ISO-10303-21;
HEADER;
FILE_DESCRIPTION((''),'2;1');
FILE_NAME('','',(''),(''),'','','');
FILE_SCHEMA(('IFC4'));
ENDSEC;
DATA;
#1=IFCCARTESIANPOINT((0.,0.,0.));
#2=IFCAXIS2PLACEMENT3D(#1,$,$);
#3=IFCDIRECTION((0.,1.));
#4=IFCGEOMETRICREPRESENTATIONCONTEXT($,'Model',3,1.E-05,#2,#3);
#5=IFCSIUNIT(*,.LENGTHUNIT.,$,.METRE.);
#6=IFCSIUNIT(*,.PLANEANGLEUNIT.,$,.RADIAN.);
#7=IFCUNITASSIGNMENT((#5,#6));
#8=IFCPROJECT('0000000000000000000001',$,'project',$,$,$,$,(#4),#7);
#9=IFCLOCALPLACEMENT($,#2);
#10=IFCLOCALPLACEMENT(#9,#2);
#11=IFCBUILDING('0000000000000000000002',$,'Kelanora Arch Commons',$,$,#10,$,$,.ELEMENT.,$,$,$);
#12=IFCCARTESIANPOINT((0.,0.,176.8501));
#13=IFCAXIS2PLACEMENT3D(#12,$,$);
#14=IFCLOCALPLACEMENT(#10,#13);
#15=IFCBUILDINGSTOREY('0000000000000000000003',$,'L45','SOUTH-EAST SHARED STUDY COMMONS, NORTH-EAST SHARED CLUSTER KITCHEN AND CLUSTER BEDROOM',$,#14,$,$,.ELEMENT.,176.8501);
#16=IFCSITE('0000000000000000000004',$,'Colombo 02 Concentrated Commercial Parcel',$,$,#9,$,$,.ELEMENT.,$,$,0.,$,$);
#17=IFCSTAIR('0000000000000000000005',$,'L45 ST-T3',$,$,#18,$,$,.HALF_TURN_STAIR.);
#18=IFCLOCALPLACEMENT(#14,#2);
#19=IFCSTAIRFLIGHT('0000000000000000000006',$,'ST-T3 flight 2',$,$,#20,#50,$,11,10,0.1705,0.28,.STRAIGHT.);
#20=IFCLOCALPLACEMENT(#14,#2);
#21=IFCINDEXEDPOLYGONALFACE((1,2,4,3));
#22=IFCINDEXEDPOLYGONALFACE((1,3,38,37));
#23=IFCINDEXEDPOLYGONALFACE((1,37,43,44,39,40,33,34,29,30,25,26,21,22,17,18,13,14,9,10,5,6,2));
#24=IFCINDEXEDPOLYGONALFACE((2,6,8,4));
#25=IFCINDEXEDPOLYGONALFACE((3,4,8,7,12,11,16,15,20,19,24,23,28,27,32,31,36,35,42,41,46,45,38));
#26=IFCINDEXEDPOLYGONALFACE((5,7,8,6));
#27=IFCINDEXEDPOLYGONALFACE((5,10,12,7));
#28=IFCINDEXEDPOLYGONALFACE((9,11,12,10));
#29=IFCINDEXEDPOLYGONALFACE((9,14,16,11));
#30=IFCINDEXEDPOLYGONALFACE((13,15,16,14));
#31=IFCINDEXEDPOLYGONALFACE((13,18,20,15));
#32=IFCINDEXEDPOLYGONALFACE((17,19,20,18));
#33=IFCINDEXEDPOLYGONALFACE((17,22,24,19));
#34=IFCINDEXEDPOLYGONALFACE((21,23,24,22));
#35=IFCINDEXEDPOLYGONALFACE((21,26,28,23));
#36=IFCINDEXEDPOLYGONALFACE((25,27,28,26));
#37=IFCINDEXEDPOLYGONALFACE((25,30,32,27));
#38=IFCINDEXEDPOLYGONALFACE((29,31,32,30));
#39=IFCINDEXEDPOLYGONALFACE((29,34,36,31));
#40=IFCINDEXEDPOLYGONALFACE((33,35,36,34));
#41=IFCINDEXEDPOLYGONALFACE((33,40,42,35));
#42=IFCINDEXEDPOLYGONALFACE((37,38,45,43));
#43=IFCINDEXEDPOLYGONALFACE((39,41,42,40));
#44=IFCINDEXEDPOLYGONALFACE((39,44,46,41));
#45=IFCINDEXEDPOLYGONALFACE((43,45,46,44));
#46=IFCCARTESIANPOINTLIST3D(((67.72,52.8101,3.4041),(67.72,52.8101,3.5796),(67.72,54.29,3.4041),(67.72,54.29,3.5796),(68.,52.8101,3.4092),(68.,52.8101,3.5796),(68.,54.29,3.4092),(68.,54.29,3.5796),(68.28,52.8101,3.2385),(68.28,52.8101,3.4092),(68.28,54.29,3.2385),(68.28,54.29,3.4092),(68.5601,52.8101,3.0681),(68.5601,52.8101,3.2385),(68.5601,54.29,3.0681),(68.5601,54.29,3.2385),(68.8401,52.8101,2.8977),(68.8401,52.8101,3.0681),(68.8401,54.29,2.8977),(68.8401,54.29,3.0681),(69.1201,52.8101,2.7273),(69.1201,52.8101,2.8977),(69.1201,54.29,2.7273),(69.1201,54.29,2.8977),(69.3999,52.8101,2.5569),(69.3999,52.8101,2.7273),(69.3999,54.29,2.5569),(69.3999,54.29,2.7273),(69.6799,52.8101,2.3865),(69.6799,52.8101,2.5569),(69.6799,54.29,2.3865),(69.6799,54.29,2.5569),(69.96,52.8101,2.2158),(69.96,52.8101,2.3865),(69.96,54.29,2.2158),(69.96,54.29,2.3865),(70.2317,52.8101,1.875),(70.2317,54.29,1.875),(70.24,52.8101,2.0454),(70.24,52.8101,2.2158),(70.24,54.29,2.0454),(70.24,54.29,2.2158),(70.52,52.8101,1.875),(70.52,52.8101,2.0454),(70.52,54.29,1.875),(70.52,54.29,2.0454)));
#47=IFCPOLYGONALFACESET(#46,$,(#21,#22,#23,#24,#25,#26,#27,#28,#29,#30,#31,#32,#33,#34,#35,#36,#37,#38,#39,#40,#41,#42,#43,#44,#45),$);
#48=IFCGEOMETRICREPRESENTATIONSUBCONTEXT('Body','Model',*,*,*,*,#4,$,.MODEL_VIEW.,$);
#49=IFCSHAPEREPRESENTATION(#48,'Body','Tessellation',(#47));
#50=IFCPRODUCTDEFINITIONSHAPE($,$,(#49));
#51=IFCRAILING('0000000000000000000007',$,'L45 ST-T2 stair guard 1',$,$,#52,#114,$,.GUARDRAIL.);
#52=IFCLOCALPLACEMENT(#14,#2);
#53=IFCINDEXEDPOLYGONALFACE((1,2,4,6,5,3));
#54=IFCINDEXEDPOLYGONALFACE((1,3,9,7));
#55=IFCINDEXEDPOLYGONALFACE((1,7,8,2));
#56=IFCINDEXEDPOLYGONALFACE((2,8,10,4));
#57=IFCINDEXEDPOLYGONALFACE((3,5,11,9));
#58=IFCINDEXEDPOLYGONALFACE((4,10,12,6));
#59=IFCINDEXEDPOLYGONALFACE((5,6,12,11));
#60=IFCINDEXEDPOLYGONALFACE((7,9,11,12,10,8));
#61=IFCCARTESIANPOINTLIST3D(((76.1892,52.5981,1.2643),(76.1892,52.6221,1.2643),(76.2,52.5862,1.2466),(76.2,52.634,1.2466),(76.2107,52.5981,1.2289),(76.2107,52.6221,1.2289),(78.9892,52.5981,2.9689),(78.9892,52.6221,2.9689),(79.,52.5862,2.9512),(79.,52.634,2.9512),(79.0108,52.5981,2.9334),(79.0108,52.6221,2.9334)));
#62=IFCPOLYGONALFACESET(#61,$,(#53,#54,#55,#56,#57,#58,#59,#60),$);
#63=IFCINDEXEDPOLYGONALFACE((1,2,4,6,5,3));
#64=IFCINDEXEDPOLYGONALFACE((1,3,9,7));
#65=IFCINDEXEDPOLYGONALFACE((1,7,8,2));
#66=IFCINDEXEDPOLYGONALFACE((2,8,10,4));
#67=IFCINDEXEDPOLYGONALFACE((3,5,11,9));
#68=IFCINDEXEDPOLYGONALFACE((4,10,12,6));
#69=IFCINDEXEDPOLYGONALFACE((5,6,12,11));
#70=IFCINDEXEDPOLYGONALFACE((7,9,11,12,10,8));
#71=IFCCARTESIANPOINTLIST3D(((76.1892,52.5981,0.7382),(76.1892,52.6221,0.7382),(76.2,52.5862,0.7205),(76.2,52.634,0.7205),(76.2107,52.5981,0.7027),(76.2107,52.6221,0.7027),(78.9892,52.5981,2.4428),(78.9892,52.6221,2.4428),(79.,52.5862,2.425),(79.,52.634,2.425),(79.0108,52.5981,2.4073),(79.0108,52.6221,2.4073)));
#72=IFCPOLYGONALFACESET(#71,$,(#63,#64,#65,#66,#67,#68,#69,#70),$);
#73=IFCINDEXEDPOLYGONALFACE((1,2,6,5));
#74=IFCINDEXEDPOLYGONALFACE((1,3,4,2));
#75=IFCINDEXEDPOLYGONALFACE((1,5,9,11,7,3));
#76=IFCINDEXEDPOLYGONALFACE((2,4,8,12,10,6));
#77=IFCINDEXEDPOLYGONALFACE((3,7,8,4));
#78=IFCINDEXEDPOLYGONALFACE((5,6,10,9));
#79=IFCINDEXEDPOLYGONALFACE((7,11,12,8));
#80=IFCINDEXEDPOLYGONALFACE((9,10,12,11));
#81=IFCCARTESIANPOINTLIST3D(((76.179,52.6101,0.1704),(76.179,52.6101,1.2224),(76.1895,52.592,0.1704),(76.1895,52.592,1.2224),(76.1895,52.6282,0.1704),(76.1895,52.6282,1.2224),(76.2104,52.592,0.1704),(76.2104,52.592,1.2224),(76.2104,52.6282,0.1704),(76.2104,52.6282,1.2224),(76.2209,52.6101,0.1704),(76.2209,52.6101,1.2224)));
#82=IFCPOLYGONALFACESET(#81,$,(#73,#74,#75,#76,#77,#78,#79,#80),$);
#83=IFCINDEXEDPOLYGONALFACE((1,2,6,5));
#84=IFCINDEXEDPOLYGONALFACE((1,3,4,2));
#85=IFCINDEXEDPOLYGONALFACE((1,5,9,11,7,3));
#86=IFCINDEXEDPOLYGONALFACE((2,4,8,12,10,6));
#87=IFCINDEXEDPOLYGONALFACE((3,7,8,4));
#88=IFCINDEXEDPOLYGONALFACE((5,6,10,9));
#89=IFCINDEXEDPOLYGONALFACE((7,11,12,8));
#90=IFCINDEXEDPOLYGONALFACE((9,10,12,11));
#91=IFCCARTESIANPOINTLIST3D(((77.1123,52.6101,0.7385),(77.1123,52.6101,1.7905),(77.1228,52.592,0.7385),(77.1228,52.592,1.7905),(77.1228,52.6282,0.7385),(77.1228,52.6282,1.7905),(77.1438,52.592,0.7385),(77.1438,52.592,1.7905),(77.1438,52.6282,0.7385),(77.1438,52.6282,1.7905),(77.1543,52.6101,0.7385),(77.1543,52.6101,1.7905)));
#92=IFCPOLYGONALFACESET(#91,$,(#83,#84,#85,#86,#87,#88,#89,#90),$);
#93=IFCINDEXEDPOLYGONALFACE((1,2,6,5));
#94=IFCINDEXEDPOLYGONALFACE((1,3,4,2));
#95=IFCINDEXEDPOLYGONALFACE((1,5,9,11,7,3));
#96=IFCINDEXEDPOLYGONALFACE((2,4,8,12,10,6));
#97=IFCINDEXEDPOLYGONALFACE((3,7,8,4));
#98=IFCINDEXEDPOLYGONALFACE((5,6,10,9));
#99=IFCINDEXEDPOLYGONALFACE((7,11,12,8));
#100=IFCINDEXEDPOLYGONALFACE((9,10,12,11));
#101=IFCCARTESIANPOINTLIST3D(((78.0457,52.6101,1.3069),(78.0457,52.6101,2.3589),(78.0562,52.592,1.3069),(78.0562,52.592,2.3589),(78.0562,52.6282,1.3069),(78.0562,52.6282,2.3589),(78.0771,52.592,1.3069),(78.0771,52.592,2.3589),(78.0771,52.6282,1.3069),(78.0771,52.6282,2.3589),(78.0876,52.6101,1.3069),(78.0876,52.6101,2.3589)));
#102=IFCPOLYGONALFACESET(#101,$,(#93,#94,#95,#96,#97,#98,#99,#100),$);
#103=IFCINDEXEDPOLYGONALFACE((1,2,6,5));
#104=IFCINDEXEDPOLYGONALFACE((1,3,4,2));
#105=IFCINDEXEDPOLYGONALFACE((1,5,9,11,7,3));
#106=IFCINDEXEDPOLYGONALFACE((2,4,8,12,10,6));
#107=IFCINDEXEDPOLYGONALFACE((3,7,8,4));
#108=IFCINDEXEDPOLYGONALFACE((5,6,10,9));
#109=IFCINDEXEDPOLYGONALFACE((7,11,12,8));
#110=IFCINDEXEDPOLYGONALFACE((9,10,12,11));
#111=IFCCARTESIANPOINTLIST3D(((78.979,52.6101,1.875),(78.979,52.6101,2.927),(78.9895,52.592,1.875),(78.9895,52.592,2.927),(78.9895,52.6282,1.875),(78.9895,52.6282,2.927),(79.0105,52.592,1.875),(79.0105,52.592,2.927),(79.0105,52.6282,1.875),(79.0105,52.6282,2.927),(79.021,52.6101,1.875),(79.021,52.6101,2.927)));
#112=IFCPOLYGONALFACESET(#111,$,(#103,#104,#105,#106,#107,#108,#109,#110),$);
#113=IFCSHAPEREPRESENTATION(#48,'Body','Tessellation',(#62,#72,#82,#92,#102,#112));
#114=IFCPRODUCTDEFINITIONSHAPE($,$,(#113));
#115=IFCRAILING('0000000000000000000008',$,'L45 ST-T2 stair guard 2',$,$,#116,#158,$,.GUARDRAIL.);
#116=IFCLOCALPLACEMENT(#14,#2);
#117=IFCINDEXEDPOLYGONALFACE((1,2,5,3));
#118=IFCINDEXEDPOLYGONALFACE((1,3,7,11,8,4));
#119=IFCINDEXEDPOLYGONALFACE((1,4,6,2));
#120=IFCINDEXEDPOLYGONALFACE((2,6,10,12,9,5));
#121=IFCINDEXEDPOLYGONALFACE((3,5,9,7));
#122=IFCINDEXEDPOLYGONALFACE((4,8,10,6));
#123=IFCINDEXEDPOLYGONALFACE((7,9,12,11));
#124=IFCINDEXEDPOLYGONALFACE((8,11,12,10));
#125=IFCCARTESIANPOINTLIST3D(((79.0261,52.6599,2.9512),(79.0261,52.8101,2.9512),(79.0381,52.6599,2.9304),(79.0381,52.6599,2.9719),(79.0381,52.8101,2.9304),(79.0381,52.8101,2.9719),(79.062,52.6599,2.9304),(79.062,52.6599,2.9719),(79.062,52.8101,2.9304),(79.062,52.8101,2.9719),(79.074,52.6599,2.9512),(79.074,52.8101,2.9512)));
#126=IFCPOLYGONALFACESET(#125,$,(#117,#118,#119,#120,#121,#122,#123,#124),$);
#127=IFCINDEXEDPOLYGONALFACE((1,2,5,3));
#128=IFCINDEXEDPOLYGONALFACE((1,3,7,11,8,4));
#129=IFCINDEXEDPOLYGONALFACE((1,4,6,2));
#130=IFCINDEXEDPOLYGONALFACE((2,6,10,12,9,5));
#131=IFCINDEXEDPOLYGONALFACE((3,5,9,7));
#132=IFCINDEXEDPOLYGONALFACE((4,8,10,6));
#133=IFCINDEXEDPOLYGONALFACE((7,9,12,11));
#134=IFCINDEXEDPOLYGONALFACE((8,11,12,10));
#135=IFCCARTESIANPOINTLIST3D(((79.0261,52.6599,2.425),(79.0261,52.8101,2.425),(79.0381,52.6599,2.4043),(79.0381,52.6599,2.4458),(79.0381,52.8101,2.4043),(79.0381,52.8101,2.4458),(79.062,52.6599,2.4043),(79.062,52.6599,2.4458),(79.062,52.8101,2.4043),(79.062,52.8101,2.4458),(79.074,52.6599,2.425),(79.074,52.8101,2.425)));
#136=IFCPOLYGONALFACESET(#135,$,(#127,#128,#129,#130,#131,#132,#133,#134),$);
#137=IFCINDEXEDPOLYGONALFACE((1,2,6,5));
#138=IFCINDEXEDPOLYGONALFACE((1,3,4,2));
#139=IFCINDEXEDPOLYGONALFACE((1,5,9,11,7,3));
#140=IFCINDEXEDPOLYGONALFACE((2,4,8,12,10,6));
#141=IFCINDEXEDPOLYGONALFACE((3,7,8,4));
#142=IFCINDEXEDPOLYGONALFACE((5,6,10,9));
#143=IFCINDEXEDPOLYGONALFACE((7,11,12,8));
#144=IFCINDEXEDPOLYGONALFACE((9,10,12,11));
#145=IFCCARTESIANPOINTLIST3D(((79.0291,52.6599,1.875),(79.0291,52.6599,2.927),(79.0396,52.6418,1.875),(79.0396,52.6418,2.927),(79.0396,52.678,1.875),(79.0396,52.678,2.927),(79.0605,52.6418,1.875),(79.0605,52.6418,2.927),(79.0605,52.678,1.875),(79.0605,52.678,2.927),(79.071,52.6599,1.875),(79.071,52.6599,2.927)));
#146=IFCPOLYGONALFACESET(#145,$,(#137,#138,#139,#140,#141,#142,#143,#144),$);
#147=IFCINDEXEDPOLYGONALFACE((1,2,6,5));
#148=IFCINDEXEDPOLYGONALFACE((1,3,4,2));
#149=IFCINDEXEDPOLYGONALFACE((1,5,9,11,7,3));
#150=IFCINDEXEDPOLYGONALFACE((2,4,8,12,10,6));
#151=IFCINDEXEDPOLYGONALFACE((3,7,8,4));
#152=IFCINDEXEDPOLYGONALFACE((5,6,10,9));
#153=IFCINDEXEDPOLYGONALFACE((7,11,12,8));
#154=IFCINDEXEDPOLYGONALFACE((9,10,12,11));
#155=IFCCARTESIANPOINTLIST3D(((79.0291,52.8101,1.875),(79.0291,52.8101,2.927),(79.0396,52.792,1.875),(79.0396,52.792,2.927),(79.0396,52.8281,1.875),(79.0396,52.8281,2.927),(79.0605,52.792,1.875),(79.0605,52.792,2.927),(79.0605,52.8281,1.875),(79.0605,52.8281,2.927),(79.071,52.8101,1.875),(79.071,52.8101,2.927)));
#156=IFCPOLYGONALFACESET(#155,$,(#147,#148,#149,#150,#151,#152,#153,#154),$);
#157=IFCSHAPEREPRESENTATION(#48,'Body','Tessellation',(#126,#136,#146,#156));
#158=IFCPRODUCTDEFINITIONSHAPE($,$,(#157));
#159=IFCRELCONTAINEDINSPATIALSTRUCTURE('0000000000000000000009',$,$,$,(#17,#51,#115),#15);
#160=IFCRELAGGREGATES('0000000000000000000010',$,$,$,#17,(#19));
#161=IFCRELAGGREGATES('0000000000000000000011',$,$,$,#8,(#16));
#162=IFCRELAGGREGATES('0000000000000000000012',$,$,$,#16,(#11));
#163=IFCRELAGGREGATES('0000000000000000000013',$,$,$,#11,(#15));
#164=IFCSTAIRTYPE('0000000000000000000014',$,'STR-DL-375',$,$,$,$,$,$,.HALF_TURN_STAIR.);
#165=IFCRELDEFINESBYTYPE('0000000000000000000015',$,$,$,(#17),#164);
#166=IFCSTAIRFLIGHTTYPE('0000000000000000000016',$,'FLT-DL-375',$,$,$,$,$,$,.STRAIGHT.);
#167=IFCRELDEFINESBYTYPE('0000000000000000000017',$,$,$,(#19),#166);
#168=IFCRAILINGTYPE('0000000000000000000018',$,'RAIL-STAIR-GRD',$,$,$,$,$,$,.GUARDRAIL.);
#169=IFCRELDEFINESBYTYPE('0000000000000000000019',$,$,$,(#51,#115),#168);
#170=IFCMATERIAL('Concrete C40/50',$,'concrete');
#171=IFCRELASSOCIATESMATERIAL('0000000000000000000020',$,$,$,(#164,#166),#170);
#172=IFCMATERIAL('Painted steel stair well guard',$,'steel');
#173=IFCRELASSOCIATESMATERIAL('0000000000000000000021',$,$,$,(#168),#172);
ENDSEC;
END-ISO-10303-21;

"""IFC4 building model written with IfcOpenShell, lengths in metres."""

from ifc_helpers import new_model, si_unit, direction, frame, origin, place, context, subcontext, project, spatial, polyline, outline, extrude, material, type_object, element, aggregate, save


model = new_model("IFC4")

# Units and contexts
model_context = context("Model", 3, precision=1e-05, world=origin(), true_north=direction((0.0, 1.0)))
body_context = subcontext(model_context, "Body", "Model", "MODEL_VIEW")
ifc_project = project(units=[si_unit("LENGTHUNIT", "METRE"), si_unit("PLANEANGLEUNIT", "RADIAN")], contexts=[model_context])

# Site, building, storey
site_placement = place(None, origin())
site = spatial("IfcSite", under=ifc_project, at=site_placement, Name="Colombo 02 Concentrated Commercial Parcel", CompositionType="ELEMENT", RefElevation=0.0)
building_placement = place(site_placement, origin())
building = spatial("IfcBuilding", under=site, at=building_placement, Name="Kelanora Arch Commons", CompositionType="ELEMENT")
storey_placement = place(building_placement, frame((0.0, 0.0, 176.8501)))
storey = spatial("IfcBuildingStorey", under=building, at=storey_placement, Name="L45", Description="SOUTH-EAST SHARED STUDY COMMONS, NORTH-EAST SHARED CLUSTER KITCHEN AND CLUSTER BEDROOM", CompositionType="ELEMENT", Elevation=176.8501)

# Shared definitions
ifc_material_1 = material(Name="Concrete C40/50", Category="concrete")

# Shared definitions
stair_type = type_object("IfcStairType", Name="STR-DL-375", PredefinedType="HALF_TURN_STAIR", material=ifc_material_1)
stair_flight_type = type_object("IfcStairFlightType", Name="FLT-DL-375", PredefinedType="STRAIGHT", material=ifc_material_1)

# Stair, stair flight
stair_1_placement = place(storey_placement, origin())
stair_1 = element("IfcStair", 1, at=stair_1_placement, inside=storey, type_object=stair_type, Name="L45 ST-T3", PredefinedType="HALF_TURN_STAIR")
stair_flight_1_placement = place(storey_placement, frame((70.52, 53.55, 1.875), z_axis=(0.0, 0.0, 1.0), x_axis=(-1.0, 0.0, 0.0)))
stair_flight_1 = element("IfcStairFlight", 2, at=stair_flight_1_placement, type_object=stair_flight_type, Name="ST-T3 flight 2", NumberOfRisers=11, NumberOfTreads=10, PredefinedType="STRAIGHT", RiserHeight=0.1705, TreadLength=0.28, context=body_context, shape_type="SweptSolid", body=[
    extrude(outline(polyline([(0.0, 0.0), (0.0, 0.1704), (0.28, 0.1704), (0.28, 0.3408), (0.5601, 0.3408), (0.5601, 0.5115), (0.8401, 0.5115), (0.8401, 0.6819), (1.1201, 0.6819), (1.1201, 0.8523), (1.3999, 0.8523), (1.3999, 1.0227), (1.6799, 1.0227), (1.6799, 1.1931), (1.96, 1.1931), (1.96, 1.3635), (2.24, 1.3635), (2.24, 1.5342), (2.52, 1.5342), (2.52, 1.7046), (2.8, 1.7046), (2.8, 1.875), (2.8, 1.5291), (0.2883, 0.0), (0.0, 0.0)])), frame((0.0, 0.74, 0.0), z_axis=(0.0, -1.0, 0.0), x_axis=(1.0, 0.0, 0.0)), (0.0, 0.0, 1.0), 1.48),
])
aggregate(stair_1, [stair_flight_1])

# Railings
ifc_material_2 = material(Name="Painted steel stair well guard", Category="steel")
railing_type_1 = type_object("IfcRailingType", Name="RAIL-STAIR-GRD", PredefinedType="GUARDRAIL", material=ifc_material_2)
railing_1_placement = place(storey_placement, frame((76.2, 52.6101, 0.1704)))
element("IfcRailing", 3, at=railing_1_placement, inside=storey, type_object=railing_type_1, Name="L45 ST-T2 stair guard 1", PredefinedType="GUARDRAIL", context=body_context, shape_type="SweptSolid", body=[
    extrude(outline(polyline([(0.0239, 0.0), (0.012, 0.0208), (-0.012, 0.0208), (-0.0239, 0.0), (-0.012, -0.0208), (0.012, -0.0208), (0.0239, 0.0)])), frame((0.0, 0.0, 1.0762), z_axis=(0.85417, 0.0, 0.519994), x_axis=(0.0, 1.0, 0.0)), (0.0, 0.0, 1.0), 3.2781),
    extrude(outline(polyline([(0.0239, 0.0), (0.012, 0.0208), (-0.012, 0.0208), (-0.0239, 0.0), (-0.012, -0.0208), (0.012, -0.0208), (0.0239, 0.0)])), frame((0.0, 0.0, 0.55), z_axis=(0.85417, 0.0, 0.519994), x_axis=(0.0, 1.0, 0.0)), (0.0, 0.0, 1.0), 3.2781),
    extrude(outline(polyline([(0.021, 0.0), (0.0105, 0.0181), (-0.0105, 0.0181), (-0.021, 0.0), (-0.0105, -0.0181), (0.0105, -0.0181), (0.021, 0.0)])), origin(), (0.0, 0.0, 1.0), 1.052),
    extrude(outline(polyline([(0.021, 0.0), (0.0105, 0.0181), (-0.0105, 0.0181), (-0.021, 0.0), (-0.0105, -0.0181), (0.0105, -0.0181), (0.021, 0.0)])), frame((0.9333, 0.0, 0.5681)), (0.0, 0.0, 1.0), 1.052),
    extrude(outline(polyline([(0.021, 0.0), (0.0105, 0.0181), (-0.0105, 0.0181), (-0.021, 0.0), (-0.0105, -0.0181), (0.0105, -0.0181), (0.021, 0.0)])), frame((1.8667, 0.0, 1.1365)), (0.0, 0.0, 1.0), 1.052),
    extrude(outline(polyline([(0.021, 0.0), (0.0105, 0.0181), (-0.0105, 0.0181), (-0.021, 0.0), (-0.0105, -0.0181), (0.0105, -0.0181), (0.021, 0.0)])), frame((2.8, 0.0, 1.7046)), (0.0, 0.0, 1.0), 1.052),
])
railing_2_placement = place(storey_placement, frame((79.05, 52.6599, 1.875)))
element("IfcRailing", 4, at=railing_2_placement, inside=storey, type_object=railing_type_1, Name="L45 ST-T2 stair guard 2", PredefinedType="GUARDRAIL", context=body_context, shape_type="SweptSolid", body=[
    extrude(outline(polyline([(0.0239, 0.0), (0.012, 0.0208), (-0.012, 0.0208), (-0.0239, 0.0), (-0.012, -0.0208), (0.012, -0.0208), (0.0239, 0.0)])), frame((0.0, 0.0, 1.0762), z_axis=(0.0, 1.0, 0.0), x_axis=(-1.0, 0.0, 0.0)), (0.0, 0.0, 1.0), 0.1501),
    extrude(outline(polyline([(0.0239, 0.0), (0.012, 0.0208), (-0.012, 0.0208), (-0.0239, 0.0), (-0.012, -0.0208), (0.012, -0.0208), (0.0239, 0.0)])), frame((0.0, 0.0, 0.55), z_axis=(0.0, 1.0, 0.0), x_axis=(-1.0, 0.0, 0.0)), (0.0, 0.0, 1.0), 0.1501),
    extrude(outline(polyline([(0.021, 0.0), (0.0105, 0.0181), (-0.0105, 0.0181), (-0.021, 0.0), (-0.0105, -0.0181), (0.0105, -0.0181), (0.021, 0.0)])), origin(), (0.0, 0.0, 1.0), 1.052),
    extrude(outline(polyline([(0.021, 0.0), (0.0105, 0.0181), (-0.0105, 0.0181), (-0.021, 0.0), (-0.0105, -0.0181), (0.0105, -0.0181), (0.021, 0.0)])), frame((0.0, 0.1501, 0.0)), (0.0, 0.0, 1.0), 1.052),
])

save(model, "model.ifc")
